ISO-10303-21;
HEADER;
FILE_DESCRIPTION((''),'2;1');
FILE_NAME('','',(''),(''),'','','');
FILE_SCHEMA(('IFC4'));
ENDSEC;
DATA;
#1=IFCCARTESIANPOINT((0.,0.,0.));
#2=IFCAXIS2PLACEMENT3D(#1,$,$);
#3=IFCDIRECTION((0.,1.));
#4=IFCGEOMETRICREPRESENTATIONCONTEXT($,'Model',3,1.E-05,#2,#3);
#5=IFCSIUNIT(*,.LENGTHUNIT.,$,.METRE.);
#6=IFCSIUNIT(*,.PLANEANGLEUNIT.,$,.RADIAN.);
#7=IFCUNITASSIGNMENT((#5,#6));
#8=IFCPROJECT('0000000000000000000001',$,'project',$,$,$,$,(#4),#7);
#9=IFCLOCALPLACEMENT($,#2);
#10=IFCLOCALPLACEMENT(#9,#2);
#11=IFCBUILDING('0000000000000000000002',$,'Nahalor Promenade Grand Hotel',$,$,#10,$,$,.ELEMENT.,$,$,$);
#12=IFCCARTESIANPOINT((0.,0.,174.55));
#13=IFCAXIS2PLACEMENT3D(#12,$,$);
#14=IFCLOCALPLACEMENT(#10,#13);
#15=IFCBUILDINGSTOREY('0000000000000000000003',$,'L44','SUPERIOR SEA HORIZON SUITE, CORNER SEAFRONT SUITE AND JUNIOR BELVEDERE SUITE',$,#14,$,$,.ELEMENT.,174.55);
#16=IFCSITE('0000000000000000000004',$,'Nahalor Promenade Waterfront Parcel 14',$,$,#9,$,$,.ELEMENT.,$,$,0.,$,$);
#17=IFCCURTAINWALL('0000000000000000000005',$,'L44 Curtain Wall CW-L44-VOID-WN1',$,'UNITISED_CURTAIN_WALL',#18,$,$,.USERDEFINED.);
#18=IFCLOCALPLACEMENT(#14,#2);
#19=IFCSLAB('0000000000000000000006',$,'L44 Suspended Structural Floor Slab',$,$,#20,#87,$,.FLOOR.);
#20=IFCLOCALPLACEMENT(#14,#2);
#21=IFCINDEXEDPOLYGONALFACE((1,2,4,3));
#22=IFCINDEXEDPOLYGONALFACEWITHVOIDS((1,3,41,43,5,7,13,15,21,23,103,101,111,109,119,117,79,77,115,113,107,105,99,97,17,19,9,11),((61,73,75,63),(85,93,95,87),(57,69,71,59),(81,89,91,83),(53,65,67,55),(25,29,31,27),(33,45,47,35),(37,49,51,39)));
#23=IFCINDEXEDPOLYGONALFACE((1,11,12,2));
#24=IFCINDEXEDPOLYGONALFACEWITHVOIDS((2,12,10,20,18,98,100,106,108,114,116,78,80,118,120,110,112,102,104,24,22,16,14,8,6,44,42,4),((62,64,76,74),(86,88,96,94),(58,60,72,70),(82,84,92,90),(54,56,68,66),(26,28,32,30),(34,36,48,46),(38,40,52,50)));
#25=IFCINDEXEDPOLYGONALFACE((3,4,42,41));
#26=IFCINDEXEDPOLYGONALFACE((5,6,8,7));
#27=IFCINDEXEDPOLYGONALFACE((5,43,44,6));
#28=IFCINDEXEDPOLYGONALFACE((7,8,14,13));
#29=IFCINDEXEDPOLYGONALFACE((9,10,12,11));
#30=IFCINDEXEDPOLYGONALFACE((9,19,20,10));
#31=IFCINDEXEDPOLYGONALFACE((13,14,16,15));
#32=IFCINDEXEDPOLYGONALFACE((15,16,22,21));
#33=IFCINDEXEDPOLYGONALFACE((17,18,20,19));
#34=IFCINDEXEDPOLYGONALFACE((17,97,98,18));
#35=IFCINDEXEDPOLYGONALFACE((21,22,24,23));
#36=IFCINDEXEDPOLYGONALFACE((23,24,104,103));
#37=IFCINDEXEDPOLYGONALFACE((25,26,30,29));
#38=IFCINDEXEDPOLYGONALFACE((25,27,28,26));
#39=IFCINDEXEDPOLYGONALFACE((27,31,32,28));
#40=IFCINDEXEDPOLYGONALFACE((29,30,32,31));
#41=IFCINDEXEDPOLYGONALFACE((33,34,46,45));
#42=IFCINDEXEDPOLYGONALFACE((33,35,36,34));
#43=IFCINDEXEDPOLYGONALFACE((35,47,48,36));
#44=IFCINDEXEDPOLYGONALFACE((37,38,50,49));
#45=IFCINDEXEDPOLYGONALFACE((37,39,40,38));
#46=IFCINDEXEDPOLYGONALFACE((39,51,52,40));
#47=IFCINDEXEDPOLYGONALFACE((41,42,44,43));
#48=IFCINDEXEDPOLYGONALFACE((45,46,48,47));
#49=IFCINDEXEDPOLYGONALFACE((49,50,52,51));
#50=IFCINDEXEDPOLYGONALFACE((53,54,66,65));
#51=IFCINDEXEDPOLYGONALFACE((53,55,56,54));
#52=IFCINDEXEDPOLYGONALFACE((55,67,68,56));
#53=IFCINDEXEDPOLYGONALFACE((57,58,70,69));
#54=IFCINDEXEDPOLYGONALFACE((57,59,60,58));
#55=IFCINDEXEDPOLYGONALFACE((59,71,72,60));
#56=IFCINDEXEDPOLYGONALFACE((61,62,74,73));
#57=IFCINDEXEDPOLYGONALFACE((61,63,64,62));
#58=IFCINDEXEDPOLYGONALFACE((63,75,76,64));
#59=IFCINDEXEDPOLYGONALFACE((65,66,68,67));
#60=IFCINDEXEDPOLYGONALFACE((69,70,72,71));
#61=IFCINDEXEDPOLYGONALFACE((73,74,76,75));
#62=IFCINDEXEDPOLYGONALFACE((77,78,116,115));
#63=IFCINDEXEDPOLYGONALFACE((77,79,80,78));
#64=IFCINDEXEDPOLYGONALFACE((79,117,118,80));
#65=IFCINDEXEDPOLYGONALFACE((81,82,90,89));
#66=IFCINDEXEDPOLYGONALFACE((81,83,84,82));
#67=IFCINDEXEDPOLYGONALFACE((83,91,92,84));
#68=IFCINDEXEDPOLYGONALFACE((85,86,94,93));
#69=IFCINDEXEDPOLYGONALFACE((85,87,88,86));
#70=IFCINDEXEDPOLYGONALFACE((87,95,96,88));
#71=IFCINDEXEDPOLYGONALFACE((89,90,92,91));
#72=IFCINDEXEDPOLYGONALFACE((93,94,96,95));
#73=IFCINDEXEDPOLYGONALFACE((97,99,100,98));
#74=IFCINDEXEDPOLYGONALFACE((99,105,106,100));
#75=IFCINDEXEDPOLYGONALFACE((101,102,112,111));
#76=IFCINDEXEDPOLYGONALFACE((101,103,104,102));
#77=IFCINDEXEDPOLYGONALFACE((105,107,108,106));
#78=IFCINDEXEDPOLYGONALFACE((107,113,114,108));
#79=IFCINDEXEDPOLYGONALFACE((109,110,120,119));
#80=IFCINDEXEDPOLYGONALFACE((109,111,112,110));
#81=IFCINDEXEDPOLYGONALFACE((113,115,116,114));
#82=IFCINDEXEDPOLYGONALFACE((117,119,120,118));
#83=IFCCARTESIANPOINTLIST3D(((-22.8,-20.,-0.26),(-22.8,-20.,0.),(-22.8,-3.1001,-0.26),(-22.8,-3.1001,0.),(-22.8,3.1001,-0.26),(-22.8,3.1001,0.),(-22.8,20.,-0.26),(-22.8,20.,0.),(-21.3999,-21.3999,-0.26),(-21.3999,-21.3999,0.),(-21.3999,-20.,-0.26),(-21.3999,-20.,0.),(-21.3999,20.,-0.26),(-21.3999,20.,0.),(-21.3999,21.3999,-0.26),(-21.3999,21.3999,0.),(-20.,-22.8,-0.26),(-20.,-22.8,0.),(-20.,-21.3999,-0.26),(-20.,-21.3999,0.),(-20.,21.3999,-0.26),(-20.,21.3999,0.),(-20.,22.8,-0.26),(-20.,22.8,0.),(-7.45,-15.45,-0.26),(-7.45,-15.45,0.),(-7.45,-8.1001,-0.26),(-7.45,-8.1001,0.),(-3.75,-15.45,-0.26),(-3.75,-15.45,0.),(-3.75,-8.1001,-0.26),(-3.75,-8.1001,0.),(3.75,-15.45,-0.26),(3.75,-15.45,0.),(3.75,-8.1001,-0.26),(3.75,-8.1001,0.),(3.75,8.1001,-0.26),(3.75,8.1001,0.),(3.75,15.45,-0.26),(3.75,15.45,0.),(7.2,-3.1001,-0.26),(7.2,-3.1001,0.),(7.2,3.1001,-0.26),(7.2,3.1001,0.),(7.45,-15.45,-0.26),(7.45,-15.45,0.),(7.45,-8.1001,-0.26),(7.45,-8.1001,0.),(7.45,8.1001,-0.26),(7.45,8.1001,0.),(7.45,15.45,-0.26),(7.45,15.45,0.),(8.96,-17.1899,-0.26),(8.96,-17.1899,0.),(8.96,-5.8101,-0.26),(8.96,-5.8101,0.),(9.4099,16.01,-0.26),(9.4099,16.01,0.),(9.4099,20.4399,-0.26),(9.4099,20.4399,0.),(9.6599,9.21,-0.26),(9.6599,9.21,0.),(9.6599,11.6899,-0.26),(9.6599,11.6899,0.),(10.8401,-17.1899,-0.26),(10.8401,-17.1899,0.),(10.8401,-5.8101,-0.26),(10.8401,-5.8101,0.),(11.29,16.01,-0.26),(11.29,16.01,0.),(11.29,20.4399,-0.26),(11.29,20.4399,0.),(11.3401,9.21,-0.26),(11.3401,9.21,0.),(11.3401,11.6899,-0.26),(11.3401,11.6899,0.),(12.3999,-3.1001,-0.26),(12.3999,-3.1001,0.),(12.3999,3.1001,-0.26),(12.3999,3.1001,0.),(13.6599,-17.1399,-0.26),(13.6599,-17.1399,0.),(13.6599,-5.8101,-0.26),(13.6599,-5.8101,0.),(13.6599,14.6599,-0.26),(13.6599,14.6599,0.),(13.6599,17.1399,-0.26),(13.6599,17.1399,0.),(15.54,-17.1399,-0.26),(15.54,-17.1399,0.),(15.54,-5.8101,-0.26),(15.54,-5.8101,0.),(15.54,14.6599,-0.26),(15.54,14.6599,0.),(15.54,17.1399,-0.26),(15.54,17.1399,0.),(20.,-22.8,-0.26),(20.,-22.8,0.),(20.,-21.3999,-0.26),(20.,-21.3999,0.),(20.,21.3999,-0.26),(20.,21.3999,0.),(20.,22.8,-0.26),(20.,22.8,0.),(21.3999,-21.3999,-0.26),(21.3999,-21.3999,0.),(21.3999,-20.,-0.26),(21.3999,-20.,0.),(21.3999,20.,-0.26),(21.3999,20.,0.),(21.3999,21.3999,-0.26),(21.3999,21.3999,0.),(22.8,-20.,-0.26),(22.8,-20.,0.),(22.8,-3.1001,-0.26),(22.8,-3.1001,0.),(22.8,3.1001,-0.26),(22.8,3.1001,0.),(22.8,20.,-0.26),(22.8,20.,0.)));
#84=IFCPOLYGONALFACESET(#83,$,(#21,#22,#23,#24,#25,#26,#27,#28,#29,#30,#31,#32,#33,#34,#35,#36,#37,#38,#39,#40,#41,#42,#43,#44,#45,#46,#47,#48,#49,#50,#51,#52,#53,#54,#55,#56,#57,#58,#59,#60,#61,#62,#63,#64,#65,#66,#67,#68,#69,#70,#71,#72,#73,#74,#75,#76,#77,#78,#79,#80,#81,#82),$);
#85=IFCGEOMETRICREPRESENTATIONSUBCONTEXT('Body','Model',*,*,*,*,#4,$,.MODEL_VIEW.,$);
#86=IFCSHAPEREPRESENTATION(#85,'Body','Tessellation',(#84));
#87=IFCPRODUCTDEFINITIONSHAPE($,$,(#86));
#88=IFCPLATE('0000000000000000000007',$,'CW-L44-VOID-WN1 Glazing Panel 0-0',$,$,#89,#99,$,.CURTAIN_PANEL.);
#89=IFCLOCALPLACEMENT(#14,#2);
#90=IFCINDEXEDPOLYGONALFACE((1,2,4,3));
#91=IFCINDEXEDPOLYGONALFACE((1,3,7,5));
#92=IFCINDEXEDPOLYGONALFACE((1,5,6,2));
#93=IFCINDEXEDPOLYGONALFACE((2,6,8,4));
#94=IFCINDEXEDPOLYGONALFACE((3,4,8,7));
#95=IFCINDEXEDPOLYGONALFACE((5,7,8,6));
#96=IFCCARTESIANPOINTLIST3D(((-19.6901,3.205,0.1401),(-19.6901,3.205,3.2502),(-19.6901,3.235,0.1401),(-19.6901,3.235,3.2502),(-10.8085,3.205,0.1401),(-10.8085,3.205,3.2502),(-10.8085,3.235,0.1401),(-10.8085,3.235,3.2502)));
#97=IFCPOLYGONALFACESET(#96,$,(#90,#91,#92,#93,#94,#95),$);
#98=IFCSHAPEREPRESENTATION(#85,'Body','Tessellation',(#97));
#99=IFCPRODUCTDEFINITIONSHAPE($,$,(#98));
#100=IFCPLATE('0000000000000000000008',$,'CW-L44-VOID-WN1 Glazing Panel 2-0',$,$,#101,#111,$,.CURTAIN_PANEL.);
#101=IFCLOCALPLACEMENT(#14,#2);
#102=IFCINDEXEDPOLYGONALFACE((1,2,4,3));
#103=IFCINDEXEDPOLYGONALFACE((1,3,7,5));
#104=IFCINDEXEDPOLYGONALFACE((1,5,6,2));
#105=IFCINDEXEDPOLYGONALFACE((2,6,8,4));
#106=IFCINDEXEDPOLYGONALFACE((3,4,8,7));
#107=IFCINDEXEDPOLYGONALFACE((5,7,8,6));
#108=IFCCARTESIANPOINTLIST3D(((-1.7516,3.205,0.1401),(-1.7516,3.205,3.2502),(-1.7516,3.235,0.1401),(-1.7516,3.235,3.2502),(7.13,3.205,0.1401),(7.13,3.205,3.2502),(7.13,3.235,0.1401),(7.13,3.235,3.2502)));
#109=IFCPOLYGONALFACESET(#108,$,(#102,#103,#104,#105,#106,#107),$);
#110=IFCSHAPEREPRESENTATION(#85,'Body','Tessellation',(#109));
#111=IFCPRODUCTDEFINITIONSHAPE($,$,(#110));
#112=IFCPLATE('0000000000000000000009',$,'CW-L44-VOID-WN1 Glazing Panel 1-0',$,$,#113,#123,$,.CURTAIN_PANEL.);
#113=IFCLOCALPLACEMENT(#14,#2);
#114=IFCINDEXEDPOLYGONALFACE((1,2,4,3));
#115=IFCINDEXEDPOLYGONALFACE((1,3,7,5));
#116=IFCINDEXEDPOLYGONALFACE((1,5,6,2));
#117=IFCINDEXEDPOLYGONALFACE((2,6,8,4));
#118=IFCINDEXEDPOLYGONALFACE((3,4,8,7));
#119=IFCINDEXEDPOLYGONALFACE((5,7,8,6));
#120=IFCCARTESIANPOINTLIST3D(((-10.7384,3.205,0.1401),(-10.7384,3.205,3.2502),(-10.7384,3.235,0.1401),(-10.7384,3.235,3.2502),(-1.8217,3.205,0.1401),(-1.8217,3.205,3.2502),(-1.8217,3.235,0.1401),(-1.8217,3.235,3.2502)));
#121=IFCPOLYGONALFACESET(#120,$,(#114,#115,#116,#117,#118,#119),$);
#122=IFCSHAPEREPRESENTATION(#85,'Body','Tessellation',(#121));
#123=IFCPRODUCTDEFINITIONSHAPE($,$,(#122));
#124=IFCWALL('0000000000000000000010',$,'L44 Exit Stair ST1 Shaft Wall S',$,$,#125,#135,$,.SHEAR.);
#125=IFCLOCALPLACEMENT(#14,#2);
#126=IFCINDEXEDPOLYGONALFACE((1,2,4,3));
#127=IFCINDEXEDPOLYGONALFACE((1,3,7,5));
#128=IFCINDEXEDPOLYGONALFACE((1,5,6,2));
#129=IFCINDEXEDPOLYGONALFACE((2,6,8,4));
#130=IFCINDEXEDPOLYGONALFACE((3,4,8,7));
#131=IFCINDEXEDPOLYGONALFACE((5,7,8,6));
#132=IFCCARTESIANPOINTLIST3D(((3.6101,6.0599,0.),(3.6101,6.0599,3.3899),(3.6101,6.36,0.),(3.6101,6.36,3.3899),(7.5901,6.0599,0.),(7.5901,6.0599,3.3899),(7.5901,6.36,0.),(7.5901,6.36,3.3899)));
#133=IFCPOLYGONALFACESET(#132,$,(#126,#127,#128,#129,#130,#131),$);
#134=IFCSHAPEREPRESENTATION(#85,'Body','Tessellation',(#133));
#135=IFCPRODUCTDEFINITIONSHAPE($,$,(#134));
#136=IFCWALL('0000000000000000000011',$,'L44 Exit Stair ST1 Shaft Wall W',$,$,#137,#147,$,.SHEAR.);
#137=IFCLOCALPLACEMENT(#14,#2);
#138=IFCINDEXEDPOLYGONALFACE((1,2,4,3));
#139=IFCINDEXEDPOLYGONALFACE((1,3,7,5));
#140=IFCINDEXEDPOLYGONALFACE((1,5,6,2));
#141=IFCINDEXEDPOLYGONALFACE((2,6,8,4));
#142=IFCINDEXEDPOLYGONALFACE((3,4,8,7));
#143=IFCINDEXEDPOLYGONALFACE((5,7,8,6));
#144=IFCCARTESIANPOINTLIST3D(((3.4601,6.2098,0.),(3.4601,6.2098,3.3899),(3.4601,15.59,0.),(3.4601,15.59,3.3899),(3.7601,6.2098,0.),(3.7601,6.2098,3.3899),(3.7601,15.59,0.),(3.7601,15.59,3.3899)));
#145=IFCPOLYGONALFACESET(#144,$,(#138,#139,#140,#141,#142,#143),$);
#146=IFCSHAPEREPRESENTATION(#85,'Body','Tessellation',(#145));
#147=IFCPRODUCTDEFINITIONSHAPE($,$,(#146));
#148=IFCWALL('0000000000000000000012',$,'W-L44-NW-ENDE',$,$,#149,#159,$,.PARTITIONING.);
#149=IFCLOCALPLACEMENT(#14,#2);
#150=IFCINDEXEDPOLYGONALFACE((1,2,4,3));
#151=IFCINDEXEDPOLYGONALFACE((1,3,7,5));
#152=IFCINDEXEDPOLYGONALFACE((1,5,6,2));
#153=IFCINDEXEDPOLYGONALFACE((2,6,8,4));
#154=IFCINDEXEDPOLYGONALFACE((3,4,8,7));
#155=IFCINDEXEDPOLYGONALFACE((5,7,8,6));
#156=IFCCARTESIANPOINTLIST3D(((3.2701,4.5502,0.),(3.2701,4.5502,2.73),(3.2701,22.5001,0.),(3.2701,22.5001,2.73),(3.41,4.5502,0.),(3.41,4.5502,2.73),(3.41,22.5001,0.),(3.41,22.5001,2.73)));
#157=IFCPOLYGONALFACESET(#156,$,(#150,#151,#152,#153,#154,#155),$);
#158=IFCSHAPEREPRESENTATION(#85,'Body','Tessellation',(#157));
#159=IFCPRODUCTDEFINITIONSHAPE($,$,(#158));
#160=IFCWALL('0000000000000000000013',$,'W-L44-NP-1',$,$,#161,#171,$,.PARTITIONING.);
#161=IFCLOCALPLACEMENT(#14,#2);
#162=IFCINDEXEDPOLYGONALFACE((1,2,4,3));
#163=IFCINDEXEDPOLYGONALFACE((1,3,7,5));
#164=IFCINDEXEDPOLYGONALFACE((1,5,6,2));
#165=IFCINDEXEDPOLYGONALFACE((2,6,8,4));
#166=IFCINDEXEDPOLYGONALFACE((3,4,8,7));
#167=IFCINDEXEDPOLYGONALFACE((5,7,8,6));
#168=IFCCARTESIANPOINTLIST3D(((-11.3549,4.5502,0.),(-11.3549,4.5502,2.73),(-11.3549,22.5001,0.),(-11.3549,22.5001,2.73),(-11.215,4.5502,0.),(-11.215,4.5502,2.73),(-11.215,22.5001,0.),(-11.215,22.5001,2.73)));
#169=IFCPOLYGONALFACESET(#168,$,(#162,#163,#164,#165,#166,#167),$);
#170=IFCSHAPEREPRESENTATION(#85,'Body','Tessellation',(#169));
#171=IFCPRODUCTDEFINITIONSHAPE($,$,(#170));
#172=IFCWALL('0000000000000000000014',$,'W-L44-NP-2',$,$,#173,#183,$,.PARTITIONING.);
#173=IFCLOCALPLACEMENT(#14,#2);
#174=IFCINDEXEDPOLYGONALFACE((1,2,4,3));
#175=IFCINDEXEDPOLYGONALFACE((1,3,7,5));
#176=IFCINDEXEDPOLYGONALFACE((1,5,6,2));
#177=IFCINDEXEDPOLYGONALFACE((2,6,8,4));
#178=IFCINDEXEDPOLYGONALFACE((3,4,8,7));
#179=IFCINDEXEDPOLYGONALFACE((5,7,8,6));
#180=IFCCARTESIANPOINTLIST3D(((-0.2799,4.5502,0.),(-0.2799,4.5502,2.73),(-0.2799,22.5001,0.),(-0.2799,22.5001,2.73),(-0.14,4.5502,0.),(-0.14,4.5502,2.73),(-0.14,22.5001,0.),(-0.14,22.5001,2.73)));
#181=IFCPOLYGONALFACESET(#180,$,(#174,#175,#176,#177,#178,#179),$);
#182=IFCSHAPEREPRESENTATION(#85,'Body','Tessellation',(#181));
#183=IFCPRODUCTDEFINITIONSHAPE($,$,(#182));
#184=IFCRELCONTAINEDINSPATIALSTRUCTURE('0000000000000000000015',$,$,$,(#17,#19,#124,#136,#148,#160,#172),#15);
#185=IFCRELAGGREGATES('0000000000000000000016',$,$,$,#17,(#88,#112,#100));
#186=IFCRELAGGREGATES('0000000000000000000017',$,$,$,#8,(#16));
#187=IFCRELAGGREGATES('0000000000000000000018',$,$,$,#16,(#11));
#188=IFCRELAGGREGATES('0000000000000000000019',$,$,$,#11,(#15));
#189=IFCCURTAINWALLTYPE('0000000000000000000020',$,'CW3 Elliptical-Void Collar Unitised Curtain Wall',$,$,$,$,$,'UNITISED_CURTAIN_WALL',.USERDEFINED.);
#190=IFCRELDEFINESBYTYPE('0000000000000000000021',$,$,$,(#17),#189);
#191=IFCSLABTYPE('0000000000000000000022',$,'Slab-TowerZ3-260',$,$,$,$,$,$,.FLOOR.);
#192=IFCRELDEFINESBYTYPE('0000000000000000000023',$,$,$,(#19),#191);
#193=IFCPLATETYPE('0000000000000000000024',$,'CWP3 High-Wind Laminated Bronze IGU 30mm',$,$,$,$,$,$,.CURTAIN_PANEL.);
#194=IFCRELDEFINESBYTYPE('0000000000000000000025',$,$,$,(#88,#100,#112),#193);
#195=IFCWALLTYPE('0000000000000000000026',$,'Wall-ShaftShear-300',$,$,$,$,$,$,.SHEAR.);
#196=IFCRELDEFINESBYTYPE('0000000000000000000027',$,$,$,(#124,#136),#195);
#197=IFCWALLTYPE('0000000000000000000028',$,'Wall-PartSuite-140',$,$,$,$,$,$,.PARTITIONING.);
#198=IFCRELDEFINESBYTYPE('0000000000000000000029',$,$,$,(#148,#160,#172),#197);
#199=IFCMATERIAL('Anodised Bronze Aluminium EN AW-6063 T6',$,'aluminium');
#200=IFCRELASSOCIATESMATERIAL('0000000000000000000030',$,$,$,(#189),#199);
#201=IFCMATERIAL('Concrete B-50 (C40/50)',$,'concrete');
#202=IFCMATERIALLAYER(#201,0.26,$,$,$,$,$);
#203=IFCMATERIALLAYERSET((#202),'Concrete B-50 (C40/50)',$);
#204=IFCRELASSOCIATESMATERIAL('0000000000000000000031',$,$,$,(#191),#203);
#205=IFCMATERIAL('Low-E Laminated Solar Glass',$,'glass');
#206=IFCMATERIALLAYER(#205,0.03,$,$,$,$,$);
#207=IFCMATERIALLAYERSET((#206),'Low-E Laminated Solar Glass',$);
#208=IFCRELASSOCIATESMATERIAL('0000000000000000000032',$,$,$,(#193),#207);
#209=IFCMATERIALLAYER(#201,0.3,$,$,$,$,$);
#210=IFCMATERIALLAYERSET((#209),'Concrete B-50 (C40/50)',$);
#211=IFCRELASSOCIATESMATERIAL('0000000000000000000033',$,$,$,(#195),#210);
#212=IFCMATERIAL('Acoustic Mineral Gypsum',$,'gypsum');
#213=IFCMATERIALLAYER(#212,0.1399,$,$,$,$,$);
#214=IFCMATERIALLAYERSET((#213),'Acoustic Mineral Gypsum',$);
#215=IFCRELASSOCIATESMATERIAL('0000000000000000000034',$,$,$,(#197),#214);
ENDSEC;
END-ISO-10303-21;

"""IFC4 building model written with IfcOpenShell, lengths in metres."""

from ifc_helpers import new_model, si_unit, direction, frame, frame_2d, origin, origin_2d, place, context, subcontext, project, spatial, polyline, rectangle, outline, extrude, source, transform, mapped, material, layer, layer_set, type_object, element, aggregate, save


model = new_model("IFC4")

# Units and contexts
model_context = context("Model", 3, precision=1e-05, world=origin(), true_north=direction((0.0, 1.0)))
body_context = subcontext(model_context, "Body", "Model", "MODEL_VIEW")
ifc_project = project(units=[si_unit("LENGTHUNIT", "METRE"), si_unit("PLANEANGLEUNIT", "RADIAN")], contexts=[model_context])

# Site, building, storey
site_placement = place(None, origin())
site = spatial("IfcSite", under=ifc_project, at=site_placement, Name="Nahalor Promenade Waterfront Parcel 14", CompositionType="ELEMENT", RefElevation=0.0)
building_placement = place(site_placement, origin())
building = spatial("IfcBuilding", under=site, at=building_placement, Name="Nahalor Promenade Grand Hotel", CompositionType="ELEMENT")
storey_placement = place(building_placement, frame((0.0, 0.0, 174.55)))
storey = spatial("IfcBuildingStorey", under=building, at=storey_placement, Name="L44", Description="SUPERIOR SEA HORIZON SUITE, CORNER SEAFRONT SUITE AND JUNIOR BELVEDERE SUITE", CompositionType="ELEMENT", Elevation=174.55)

# Curtain wall
ifc_material_1 = material(Name="Anodised Bronze Aluminium EN AW-6063 T6", Category="aluminium")
curtain_wall_type = type_object("IfcCurtainWallType", Name="CW3 Elliptical-Void Collar Unitised Curtain Wall", ElementType="UNITISED_CURTAIN_WALL", PredefinedType="USERDEFINED", material=ifc_material_1)
curtain_wall_placement = place(storey_placement, origin())
curtain_wall = element("IfcCurtainWall", 1, at=curtain_wall_placement, inside=storey, type_object=curtain_wall_type, Name="L44 Curtain Wall CW-L44-VOID-WN1", ObjectType="UNITISED_CURTAIN_WALL", PredefinedType="USERDEFINED")

# Shared definitions
ifc_material_2 = material(Name="Concrete B-50 (C40/50)", Category="concrete")

# Slab
ifc_layer_1 = layer(ifc_material_2, 0.26)
ifc_layer_set_1 = layer_set([ifc_layer_1], Name="Concrete B-50 (C40/50)")
slab_type_1 = type_object("IfcSlabType", Name="Slab-TowerZ3-260", PredefinedType="FLOOR", material=ifc_layer_set_1)
slab_1_placement = place(storey_placement, frame((0.0, 0.0, -0.26)))
element("IfcSlab", 2, at=slab_1_placement, inside=storey, type_object=slab_type_1, Name="L44 Suspended Structural Floor Slab", PredefinedType="FLOOR", context=body_context, shape_type="SweptSolid", body=[
    extrude(outline(polyline([(-20.0, -22.8), (20.0, -22.8), (20.0, -21.3999), (21.3999, -21.3999), (21.3999, -20.0), (22.8, -20.0), (22.8, -3.1001), (12.3999, -3.1001), (12.3999, 3.1001), (22.8, 3.1001), (22.8, 20.0), (21.3999, 20.0), (21.3999, 21.3999), (20.0, 21.3999), (20.0, 22.8), (-20.0, 22.8), (-20.0, 21.3999), (-21.3999, 21.3999), (-21.3999, 20.0), (-22.8, 20.0), (-22.8, 3.1001), (7.2, 3.1001), (7.2, -3.1001), (-22.8, -3.1001), (-22.8, -20.0), (-21.3999, -20.0), (-21.3999, -21.3999), (-20.0, -21.3999), (-20.0, -22.8)]), holes=[polyline([(3.75, 8.1001), (7.45, 8.1001), (7.45, 15.45), (3.75, 15.45), (3.75, 8.1001)]), polyline([(3.75, -15.45), (7.45, -15.45), (7.45, -8.1001), (3.75, -8.1001), (3.75, -15.45)]), polyline([(-7.45, -15.45), (-3.75, -15.45), (-3.75, -8.1001), (-7.45, -8.1001), (-7.45, -15.45)]), polyline([(13.6599, -17.1399), (15.54, -17.1399), (15.54, -5.8101), (13.6599, -5.8101), (13.6599, -17.1399)]), polyline([(8.96, -17.1899), (10.8401, -17.1899), (10.8401, -5.8101), (8.96, -5.8101), (8.96, -17.1899)]), polyline([(9.4099, 16.01), (11.29, 16.01), (11.29, 20.4399), (9.4099, 20.4399), (9.4099, 16.01)]), polyline([(9.6599, 9.21), (11.3401, 9.21), (11.3401, 11.6899), (9.6599, 11.6899), (9.6599, 9.21)]), polyline([(13.6599, 14.6599), (15.54, 14.6599), (15.54, 17.1399), (13.6599, 17.1399), (13.6599, 14.6599)])]), origin(), (0.0, 0.0, 1.0), 0.26),
])

# Plates
ifc_material_3 = material(Name="Low-E Laminated Solar Glass", Category="glass")
ifc_layer_2 = layer(ifc_material_3, 0.03)
ifc_layer_set_2 = layer_set([ifc_layer_2], Name="Low-E Laminated Solar Glass")
plate_type = type_object("IfcPlateType", Name="CWP3 High-Wind Laminated Bronze IGU 30mm", PredefinedType="CURTAIN_PANEL", material=ifc_layer_set_2)
shared_shape_1 = source(origin(), body_context, "Body", "SweptSolid", [
    extrude(rectangle(XDim=8.8816, YDim=0.03, at=origin_2d()), origin(), (0.0, 0.0, 1.0), 3.1101),
])
plate_1_placement = place(storey_placement, frame((-15.2493, 3.22, 0.1401), z_axis=(0.0, 0.0, 1.0), x_axis=(1.0, 0.0, 0.0)))
plate_1 = element("IfcPlate", 3, at=plate_1_placement, type_object=plate_type, Name="CW-L44-VOID-WN1 Glazing Panel 0-0", PredefinedType="CURTAIN_PANEL", context=body_context, shape_type="MappedRepresentation", body=[
    mapped(shared_shape_1, transform((0.0, 0.0, 0.0), scale=1.0)),
])
plate_2_placement = place(storey_placement, frame((2.6892, 3.22, 0.1401), z_axis=(0.0, 0.0, 1.0), x_axis=(1.0, 0.0, 0.0)))
plate_2 = element("IfcPlate", 4, at=plate_2_placement, type_object=plate_type, Name="CW-L44-VOID-WN1 Glazing Panel 2-0", PredefinedType="CURTAIN_PANEL", context=body_context, shape_type="MappedRepresentation", body=[
    mapped(shared_shape_1, transform((0.0, 0.0, 0.0), scale=1.0)),
])
shared_shape_2 = source(origin(), body_context, "Body", "SweptSolid", [
    extrude(rectangle(XDim=8.9167, YDim=0.03, at=origin_2d()), origin(), (0.0, 0.0, 1.0), 3.1101),
])
plate_3_placement = place(storey_placement, frame((-6.28, 3.22, 0.1401), z_axis=(0.0, 0.0, 1.0), x_axis=(1.0, 0.0, 0.0)))
plate_3 = element("IfcPlate", 5, at=plate_3_placement, type_object=plate_type, Name="CW-L44-VOID-WN1 Glazing Panel 1-0", PredefinedType="CURTAIN_PANEL", context=body_context, shape_type="MappedRepresentation", body=[
    mapped(shared_shape_2, transform((0.0, 0.0, 0.0), scale=1.0)),
])
aggregate(curtain_wall, [plate_1, plate_3, plate_2])

# Walls
ifc_layer_3 = layer(ifc_material_2, 0.3)
ifc_layer_set_3 = layer_set([ifc_layer_3], Name="Concrete B-50 (C40/50)")
wall_type_1 = type_object("IfcWallType", Name="Wall-ShaftShear-300", PredefinedType="SHEAR", material=ifc_layer_set_3)
shared_shape_3 = source(origin(), body_context, "Body", "SweptSolid", [
    extrude(rectangle(XDim=3.98, YDim=0.3, at=frame_2d((1.99, 0.0))), origin(), (0.0, 0.0, 1.0), 3.3899),
])
wall_1_placement = place(storey_placement, frame((3.6101, 6.21, 0.0), z_axis=(0.0, 0.0, 1.0), x_axis=(1.0, 0.0, 0.0)))
element("IfcWall", 6, at=wall_1_placement, inside=storey, type_object=wall_type_1, Name="L44 Exit Stair ST1 Shaft Wall S", PredefinedType="SHEAR", context=body_context, shape_type="MappedRepresentation", body=[
    mapped(shared_shape_3, transform((0.0, 0.0, 0.0), scale=1.0)),
])
shared_shape_4 = source(origin(), body_context, "Body", "SweptSolid", [
    extrude(rectangle(XDim=9.3801, YDim=0.3, at=frame_2d((4.6899, 0.0))), origin(), (0.0, 0.0, 1.0), 3.3899),
])
wall_2_placement = place(storey_placement, frame((3.6101, 6.21, 0.0), z_axis=(0.0, 0.0, 1.0), x_axis=(0.0, 1.0, 0.0)))
element("IfcWall", 7, at=wall_2_placement, inside=storey, type_object=wall_type_1, Name="L44 Exit Stair ST1 Shaft Wall W", PredefinedType="SHEAR", context=body_context, shape_type="MappedRepresentation", body=[
    mapped(shared_shape_4, transform((0.0, 0.0, 0.0), scale=1.0)),
])
ifc_material_4 = material(Name="Acoustic Mineral Gypsum", Category="gypsum")
ifc_layer_4 = layer(ifc_material_4, 0.1399)
ifc_layer_set_4 = layer_set([ifc_layer_4], Name="Acoustic Mineral Gypsum")
wall_type_2 = type_object("IfcWallType", Name="Wall-PartSuite-140", PredefinedType="PARTITIONING", material=ifc_layer_set_4)
shared_shape_5 = source(origin(), body_context, "Body", "SweptSolid", [
    extrude(rectangle(XDim=17.95, YDim=0.1399, at=frame_2d((8.9751, 0.0))), origin(), (0.0, 0.0, 1.0), 2.73),
])
for number, where, z_axis, x_axis, name in (
    (8, (3.3401, 4.55, 0.0), (0.0, 0.0, 1.0), (0.0, 1.0, 0.0), "W-L44-NW-ENDE"),
    (9, (-11.2849, 4.55, 0.0), (0.0, 0.0, 1.0), (0.0, 1.0, 0.0), "W-L44-NP-1"),
    (10, (-0.21, 4.55, 0.0), (0.0, 0.0, 1.0), (0.0, 1.0, 0.0), "W-L44-NP-2"),
):
    element("IfcWall", number, at=place(storey_placement, frame(where, z_axis=z_axis, x_axis=x_axis)), inside=storey, type_object=wall_type_2, Name=name, PredefinedType="PARTITIONING", context=body_context, shape_type="MappedRepresentation", body=[
        mapped(shared_shape_5, transform((0.0, 0.0, 0.0), scale=1.0)),
    ])

save(model, "model.ifc")
